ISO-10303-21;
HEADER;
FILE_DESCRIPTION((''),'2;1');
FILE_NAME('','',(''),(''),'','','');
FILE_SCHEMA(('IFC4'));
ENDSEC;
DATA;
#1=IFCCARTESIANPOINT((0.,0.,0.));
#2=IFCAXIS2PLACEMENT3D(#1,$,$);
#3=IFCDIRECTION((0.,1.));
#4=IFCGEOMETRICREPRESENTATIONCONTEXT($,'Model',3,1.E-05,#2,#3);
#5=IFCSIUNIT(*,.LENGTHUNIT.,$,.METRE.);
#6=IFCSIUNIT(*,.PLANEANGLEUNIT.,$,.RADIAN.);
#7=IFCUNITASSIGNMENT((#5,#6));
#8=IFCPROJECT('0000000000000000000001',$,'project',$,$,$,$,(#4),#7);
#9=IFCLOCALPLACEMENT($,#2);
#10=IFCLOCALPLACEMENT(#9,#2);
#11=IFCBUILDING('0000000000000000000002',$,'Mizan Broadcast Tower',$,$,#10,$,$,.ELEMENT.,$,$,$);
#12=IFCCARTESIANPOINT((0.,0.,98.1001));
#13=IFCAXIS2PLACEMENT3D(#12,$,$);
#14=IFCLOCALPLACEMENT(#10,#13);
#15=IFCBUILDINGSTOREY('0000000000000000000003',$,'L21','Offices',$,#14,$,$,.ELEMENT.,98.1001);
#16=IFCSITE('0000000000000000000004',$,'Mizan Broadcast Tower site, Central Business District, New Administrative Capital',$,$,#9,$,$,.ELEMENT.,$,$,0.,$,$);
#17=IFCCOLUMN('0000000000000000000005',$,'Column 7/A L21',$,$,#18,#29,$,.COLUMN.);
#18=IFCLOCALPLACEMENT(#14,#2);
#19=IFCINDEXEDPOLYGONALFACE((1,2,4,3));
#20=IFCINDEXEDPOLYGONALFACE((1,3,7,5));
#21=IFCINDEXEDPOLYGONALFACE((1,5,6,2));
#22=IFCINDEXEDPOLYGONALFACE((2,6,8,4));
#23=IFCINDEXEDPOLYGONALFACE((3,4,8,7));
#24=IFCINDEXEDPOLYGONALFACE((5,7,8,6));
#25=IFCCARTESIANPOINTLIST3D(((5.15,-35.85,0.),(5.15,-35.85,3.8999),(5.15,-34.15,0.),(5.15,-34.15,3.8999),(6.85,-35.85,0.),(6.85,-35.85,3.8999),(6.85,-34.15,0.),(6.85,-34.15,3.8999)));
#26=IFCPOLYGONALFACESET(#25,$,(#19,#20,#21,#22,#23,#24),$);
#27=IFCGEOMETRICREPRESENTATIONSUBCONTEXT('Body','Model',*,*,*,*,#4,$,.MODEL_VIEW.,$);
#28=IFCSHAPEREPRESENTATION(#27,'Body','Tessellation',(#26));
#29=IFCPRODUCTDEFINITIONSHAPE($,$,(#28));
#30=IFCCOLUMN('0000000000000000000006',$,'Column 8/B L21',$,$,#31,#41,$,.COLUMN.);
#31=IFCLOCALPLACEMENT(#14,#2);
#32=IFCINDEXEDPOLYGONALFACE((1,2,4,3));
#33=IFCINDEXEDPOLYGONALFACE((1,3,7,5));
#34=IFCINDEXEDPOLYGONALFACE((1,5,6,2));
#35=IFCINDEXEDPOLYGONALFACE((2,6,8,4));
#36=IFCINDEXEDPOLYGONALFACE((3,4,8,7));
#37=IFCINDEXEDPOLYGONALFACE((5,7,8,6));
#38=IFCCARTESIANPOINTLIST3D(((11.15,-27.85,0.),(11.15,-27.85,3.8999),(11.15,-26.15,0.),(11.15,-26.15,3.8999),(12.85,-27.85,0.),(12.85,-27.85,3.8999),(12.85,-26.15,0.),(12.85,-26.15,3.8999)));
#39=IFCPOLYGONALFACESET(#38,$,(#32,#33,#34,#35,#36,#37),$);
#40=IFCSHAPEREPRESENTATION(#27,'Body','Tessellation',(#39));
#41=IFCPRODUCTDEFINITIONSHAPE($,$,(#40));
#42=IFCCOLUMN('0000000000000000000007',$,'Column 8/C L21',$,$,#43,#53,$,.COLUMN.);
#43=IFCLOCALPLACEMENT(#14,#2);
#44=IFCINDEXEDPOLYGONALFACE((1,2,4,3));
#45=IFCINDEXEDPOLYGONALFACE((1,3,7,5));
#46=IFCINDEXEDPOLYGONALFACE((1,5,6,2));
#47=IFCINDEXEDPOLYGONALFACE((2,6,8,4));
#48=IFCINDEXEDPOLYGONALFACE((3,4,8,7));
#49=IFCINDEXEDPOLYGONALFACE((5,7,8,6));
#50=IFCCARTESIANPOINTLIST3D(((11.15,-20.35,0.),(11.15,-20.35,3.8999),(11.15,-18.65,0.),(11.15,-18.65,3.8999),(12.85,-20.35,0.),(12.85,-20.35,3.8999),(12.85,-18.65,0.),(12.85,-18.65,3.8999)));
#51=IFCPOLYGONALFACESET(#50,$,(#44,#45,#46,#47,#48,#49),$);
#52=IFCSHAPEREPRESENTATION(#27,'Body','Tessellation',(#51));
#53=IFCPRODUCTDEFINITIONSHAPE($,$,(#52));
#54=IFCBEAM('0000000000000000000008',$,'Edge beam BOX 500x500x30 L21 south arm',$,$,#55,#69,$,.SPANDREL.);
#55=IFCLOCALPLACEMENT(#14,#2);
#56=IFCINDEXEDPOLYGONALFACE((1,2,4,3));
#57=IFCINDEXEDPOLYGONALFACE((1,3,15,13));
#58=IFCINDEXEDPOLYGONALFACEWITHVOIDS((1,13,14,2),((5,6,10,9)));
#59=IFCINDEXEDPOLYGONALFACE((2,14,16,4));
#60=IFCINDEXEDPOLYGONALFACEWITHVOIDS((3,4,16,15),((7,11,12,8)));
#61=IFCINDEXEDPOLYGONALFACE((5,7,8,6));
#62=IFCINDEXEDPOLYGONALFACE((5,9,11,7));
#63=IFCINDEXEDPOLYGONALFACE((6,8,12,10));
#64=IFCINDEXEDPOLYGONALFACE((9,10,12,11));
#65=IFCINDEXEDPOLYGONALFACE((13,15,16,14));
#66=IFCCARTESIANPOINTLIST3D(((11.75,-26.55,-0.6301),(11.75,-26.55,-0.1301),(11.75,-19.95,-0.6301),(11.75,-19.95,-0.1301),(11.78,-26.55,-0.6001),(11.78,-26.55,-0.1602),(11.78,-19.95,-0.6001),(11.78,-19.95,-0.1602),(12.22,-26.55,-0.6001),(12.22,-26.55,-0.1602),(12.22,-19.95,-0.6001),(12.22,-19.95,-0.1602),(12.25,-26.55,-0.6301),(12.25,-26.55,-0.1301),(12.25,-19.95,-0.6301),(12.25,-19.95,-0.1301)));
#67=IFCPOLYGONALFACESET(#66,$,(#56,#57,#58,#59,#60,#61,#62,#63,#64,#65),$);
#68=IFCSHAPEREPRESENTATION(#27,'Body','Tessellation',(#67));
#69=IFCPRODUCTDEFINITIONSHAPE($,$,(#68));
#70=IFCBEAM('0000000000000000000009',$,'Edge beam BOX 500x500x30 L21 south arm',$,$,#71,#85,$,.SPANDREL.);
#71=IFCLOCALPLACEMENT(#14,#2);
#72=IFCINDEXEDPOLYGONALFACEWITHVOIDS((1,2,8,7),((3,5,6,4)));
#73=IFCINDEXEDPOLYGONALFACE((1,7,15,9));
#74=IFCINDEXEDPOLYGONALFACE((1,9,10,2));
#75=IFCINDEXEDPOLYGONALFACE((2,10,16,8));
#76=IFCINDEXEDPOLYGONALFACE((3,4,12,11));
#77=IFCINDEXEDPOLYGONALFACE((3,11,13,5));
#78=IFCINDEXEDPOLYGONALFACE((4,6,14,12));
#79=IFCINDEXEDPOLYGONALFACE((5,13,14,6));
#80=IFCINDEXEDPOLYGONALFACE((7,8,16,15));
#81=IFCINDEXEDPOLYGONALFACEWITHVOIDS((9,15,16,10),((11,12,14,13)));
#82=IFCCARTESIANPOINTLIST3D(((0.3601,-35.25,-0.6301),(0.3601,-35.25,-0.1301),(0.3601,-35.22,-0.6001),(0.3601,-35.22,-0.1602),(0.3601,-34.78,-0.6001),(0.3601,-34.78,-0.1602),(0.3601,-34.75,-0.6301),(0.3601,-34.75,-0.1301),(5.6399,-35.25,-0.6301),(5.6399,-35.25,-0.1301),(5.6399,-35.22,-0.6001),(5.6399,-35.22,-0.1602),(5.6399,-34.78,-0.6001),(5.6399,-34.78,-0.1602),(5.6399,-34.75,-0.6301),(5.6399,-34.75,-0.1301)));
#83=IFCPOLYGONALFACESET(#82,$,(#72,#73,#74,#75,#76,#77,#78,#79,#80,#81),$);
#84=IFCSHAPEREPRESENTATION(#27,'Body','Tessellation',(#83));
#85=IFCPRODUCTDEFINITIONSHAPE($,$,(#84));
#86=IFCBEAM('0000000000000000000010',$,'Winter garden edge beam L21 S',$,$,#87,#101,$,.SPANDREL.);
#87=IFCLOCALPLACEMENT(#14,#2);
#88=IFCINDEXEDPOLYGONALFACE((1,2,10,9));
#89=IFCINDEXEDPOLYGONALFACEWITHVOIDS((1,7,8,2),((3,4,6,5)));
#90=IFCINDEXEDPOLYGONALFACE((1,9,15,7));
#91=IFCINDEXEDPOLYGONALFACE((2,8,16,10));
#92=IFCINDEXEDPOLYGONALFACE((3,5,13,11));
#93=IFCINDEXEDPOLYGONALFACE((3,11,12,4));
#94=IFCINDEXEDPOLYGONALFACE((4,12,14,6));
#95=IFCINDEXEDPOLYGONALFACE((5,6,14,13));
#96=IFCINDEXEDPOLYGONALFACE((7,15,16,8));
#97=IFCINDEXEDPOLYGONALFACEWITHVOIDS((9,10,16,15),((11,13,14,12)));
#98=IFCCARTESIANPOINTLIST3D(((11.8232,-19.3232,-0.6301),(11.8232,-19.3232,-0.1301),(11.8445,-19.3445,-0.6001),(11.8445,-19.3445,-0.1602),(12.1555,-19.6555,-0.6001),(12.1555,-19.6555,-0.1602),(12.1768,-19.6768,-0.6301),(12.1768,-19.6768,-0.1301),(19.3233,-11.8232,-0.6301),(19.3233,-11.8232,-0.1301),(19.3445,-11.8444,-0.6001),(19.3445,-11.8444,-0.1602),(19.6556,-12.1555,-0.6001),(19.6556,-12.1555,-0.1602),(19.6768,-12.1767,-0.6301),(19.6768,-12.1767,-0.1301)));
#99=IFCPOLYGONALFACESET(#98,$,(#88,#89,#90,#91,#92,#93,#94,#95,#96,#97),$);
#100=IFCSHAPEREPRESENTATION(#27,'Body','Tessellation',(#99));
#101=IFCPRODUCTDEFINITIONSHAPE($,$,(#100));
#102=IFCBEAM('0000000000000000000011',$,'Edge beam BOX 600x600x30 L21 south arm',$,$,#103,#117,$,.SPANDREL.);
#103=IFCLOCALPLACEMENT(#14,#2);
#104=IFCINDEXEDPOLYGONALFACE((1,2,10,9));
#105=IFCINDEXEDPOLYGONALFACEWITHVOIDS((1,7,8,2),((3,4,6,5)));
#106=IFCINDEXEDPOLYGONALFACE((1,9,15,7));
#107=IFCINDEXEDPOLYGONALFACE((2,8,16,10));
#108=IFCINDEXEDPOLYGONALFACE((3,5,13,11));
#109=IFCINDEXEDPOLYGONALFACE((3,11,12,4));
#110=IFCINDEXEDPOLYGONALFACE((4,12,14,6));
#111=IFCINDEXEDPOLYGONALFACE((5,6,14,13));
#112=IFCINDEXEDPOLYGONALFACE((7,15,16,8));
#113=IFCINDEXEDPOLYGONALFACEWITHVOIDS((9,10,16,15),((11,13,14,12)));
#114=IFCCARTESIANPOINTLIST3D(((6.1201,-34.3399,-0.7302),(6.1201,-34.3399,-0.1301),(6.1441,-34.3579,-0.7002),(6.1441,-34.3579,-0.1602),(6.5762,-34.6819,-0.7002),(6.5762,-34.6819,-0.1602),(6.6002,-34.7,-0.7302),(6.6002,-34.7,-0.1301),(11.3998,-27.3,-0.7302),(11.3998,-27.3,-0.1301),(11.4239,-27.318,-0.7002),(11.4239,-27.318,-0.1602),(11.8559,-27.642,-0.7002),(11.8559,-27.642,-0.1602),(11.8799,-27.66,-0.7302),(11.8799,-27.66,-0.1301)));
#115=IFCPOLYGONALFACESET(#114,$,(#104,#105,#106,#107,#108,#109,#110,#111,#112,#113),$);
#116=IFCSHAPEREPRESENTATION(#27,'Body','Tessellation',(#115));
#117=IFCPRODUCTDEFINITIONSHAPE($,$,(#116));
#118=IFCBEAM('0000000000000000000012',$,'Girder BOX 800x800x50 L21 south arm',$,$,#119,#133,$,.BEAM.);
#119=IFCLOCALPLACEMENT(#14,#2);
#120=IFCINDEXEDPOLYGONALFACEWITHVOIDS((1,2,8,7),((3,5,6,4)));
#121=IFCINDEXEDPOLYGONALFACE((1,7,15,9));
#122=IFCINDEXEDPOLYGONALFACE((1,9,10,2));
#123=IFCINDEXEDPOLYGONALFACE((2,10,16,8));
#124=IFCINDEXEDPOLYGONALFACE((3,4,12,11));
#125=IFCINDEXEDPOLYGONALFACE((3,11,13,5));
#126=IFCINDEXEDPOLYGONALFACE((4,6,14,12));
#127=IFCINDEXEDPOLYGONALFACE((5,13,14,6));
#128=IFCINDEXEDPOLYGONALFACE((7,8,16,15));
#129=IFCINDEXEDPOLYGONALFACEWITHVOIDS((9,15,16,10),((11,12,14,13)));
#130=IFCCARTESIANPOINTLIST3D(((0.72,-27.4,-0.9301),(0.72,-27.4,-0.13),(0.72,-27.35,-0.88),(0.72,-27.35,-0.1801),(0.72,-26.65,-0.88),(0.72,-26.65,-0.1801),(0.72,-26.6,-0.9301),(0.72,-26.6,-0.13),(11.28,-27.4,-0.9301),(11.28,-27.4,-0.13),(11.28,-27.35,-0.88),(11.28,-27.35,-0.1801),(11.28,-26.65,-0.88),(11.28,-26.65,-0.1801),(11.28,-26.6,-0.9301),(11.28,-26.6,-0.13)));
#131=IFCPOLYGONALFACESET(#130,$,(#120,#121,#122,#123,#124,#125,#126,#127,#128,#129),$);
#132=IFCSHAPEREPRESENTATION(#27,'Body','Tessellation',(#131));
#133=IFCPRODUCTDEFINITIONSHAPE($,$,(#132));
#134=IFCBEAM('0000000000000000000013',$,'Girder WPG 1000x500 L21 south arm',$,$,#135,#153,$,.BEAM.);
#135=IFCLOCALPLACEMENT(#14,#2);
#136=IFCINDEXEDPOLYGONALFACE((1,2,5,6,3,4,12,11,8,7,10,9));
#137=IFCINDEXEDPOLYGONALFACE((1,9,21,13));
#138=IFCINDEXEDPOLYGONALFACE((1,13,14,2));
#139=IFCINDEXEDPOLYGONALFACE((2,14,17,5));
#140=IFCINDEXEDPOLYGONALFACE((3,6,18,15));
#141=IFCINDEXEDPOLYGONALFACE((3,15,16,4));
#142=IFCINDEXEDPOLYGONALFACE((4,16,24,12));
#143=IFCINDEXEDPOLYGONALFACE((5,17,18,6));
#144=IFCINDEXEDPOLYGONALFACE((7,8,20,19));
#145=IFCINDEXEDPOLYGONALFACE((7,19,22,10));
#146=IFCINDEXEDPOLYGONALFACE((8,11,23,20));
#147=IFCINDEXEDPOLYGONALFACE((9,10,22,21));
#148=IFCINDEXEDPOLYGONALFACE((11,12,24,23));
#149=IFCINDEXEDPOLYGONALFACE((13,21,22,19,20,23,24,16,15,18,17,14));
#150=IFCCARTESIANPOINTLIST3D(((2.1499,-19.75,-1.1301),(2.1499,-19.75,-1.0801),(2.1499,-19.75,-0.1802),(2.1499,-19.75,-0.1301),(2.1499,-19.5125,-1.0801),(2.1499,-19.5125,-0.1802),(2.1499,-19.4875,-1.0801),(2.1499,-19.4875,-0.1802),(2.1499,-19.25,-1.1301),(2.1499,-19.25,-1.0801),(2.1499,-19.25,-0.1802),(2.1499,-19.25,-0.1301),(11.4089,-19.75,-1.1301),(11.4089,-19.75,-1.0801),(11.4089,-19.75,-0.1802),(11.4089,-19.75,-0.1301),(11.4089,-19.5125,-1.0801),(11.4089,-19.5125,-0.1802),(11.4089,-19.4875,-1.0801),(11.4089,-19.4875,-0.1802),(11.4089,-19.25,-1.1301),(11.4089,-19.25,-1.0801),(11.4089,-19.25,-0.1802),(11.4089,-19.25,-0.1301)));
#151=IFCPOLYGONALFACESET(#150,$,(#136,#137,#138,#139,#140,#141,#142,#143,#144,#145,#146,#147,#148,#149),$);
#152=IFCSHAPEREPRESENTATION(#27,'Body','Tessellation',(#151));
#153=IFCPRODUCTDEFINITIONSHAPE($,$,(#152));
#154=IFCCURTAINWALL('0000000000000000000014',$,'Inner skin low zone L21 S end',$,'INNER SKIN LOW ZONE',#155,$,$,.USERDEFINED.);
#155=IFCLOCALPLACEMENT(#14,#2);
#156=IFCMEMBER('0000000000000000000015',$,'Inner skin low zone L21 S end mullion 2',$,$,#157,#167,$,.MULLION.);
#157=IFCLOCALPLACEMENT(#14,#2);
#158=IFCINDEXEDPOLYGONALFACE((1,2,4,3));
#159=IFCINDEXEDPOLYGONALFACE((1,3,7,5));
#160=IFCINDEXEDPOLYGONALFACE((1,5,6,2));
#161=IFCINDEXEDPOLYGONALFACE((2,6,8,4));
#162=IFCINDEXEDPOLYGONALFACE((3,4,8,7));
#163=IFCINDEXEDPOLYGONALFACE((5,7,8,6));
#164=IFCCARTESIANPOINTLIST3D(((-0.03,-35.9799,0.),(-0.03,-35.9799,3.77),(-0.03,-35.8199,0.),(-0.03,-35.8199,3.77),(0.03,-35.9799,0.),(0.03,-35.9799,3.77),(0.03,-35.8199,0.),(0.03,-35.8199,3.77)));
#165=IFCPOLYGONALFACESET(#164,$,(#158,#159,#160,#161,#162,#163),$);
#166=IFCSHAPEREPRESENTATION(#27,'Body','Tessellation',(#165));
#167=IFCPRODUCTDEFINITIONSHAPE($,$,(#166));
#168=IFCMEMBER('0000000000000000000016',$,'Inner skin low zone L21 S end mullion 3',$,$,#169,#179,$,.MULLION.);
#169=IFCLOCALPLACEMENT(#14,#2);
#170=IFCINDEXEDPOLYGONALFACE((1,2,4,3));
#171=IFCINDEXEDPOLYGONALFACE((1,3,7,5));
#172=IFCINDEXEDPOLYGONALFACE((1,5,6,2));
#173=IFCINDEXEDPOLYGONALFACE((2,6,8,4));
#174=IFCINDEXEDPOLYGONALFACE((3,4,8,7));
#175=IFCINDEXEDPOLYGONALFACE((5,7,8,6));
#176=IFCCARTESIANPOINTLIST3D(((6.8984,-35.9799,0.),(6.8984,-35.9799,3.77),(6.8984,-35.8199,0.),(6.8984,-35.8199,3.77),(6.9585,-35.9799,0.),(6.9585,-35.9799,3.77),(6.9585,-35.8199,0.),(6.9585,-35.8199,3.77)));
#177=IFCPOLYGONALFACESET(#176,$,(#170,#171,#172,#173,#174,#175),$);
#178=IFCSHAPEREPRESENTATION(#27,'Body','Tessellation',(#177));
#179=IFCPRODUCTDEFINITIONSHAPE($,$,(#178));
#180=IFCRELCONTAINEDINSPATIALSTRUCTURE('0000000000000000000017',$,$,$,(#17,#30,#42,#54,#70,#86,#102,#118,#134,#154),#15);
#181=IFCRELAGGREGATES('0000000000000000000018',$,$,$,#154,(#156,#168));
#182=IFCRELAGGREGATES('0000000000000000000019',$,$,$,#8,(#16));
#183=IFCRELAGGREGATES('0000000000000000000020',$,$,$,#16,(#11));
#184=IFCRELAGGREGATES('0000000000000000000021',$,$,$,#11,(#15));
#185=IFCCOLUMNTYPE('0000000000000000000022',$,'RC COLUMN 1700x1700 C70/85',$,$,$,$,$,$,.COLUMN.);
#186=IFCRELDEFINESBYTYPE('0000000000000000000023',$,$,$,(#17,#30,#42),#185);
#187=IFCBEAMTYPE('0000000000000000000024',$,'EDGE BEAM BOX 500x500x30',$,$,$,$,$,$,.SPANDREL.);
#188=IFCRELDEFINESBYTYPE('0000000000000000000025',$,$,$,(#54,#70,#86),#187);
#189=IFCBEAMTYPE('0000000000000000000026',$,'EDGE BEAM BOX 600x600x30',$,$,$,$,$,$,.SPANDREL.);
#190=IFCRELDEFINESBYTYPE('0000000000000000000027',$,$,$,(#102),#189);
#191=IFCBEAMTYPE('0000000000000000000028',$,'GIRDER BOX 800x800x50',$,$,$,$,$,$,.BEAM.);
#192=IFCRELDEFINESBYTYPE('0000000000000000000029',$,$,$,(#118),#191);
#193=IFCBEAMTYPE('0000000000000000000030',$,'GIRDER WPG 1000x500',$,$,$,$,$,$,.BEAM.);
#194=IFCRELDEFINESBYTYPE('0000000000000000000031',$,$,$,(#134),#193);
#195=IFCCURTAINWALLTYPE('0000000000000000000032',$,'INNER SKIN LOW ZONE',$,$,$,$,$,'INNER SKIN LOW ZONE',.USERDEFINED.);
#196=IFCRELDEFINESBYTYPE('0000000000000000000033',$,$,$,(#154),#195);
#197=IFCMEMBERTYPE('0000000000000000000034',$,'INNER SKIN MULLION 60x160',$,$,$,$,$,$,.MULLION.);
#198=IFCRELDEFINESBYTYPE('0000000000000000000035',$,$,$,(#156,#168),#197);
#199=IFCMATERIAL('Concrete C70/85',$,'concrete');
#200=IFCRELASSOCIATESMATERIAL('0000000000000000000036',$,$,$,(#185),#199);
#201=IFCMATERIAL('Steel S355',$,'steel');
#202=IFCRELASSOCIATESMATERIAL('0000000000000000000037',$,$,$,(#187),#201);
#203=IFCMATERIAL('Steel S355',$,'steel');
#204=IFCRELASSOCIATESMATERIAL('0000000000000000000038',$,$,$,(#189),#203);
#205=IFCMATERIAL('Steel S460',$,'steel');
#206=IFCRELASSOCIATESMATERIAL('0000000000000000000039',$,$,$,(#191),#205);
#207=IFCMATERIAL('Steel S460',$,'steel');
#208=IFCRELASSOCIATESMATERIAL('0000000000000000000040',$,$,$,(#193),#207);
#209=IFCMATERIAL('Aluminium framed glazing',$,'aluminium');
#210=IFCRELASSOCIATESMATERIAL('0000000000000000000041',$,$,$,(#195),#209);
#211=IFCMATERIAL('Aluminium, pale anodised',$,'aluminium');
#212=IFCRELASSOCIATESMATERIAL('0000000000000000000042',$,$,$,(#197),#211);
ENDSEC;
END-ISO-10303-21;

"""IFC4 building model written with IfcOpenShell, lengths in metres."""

from ifc_helpers import new_model, si_unit, direction, frame, origin, origin_2d, place, context, subcontext, project, spatial, rectangle, hollow_rectangle, i_section, extrude, material, material_profile, profile_set, type_object, element, aggregate, save


model = new_model("IFC4")

# Units and contexts
model_context = context("Model", 3, precision=1e-05, world=origin(), true_north=direction((0.0, 1.0)))
body_context = subcontext(model_context, "Body", "Model", "MODEL_VIEW")
ifc_project = project(units=[si_unit("LENGTHUNIT", "METRE"), si_unit("PLANEANGLEUNIT", "RADIAN")], contexts=[model_context])

# Site, building, storey
site_placement = place(None, origin())
site = spatial("IfcSite", under=ifc_project, at=site_placement, Name="Mizan Broadcast Tower site, Central Business District, New Administrative Capital", CompositionType="ELEMENT", RefElevation=0.0)
building_placement = place(site_placement, origin())
building = spatial("IfcBuilding", under=site, at=building_placement, Name="Mizan Broadcast Tower", CompositionType="ELEMENT")
storey_placement = place(building_placement, frame((0.0, 0.0, 98.1001)))
storey = spatial("IfcBuildingStorey", under=building, at=storey_placement, Name="L21", Description="Offices", CompositionType="ELEMENT", Elevation=98.1001)

# Columns
ifc_material_1 = material(Name="Concrete C70/85", Category="concrete")
ifc_material_profile_1 = material_profile(ifc_material_1, rectangle(XDim=1.7, YDim=1.7, at=origin_2d()), Name="RC 1700x1700")
ifc_profile_set_1 = profile_set([ifc_material_profile_1], Name="Concrete C70/85")
column_type = type_object("IfcColumnType", Name="RC COLUMN 1700x1700 C70/85", PredefinedType="COLUMN", material=ifc_profile_set_1)
for number, where, z_axis, x_axis, name in (
    (1, (6.0, -35.0, 0.0), (0.0, 0.0, 1.0), (1.0, 0.0, 0.0), "Column 7/A L21"),
    (2, (12.0, -27.0, 0.0), (0.0, 0.0, 1.0), (1.0, 0.0, 0.0), "Column 8/B L21"),
    (3, (12.0, -19.5, 0.0), (0.0, 0.0, 1.0), (1.0, 0.0, 0.0), "Column 8/C L21"),
):
    element("IfcColumn", number, at=place(storey_placement, frame(where, z_axis=z_axis, x_axis=x_axis)), inside=storey, type_object=column_type, Name=name, PredefinedType="COLUMN", context=body_context, shape_type="SweptSolid", body=[
        extrude(rectangle(XDim=1.7, YDim=1.7, at=origin_2d()), origin(), (0.0, 0.0, 1.0), 3.8999),
    ])

# Beams
ifc_material_2 = material(Name="Steel S355", Category="steel")
ifc_material_profile_2 = material_profile(ifc_material_2, hollow_rectangle(XDim=0.5, YDim=0.5, WallThickness=0.03, at=origin_2d()), Name="BOX 500x500x30")
ifc_profile_set_2 = profile_set([ifc_material_profile_2], Name="Steel S355")
beam_type_1 = type_object("IfcBeamType", Name="EDGE BEAM BOX 500x500x30", PredefinedType="SPANDREL", material=ifc_profile_set_2)
beam_1_placement = place(storey_placement, frame((12.0, -19.95, -0.3801), z_axis=(0.0, -1.0, 0.0), x_axis=(1.0, 0.0, 0.0)))
element("IfcBeam", 4, at=beam_1_placement, inside=storey, type_object=beam_type_1, Name="Edge beam BOX 500x500x30 L21 south arm", PredefinedType="SPANDREL", context=body_context, shape_type="SweptSolid", body=[
    extrude(hollow_rectangle(XDim=0.5, YDim=0.5, WallThickness=0.03, at=origin_2d()), origin(), (0.0, 0.0, 1.0), 6.6001),
])
beam_2_placement = place(storey_placement, frame((5.6399, -35.0, -0.3801), z_axis=(-1.0, 0.0, 0.0), x_axis=(0.0, -1.0, 0.0)))
element("IfcBeam", 5, at=beam_2_placement, inside=storey, type_object=beam_type_1, Name="Edge beam BOX 500x500x30 L21 south arm", PredefinedType="SPANDREL", context=body_context, shape_type="SweptSolid", body=[
    extrude(hollow_rectangle(XDim=0.5, YDim=0.5, WallThickness=0.03, at=origin_2d()), origin(), (0.0, 0.0, 1.0), 5.2798),
])
beam_3_placement = place(storey_placement, frame((12.0, -19.5, -0.3801), z_axis=(0.707107, 0.707107, 0.0), x_axis=(-0.707107, 0.707107, 0.0)))
element("IfcBeam", 6, at=beam_3_placement, inside=storey, type_object=beam_type_1, Name="Winter garden edge beam L21 S", PredefinedType="SPANDREL", context=body_context, shape_type="SweptSolid", body=[
    extrude(hollow_rectangle(XDim=0.5, YDim=0.5, WallThickness=0.03, at=origin_2d()), origin(), (0.0, 0.0, 1.0), 10.6067),
])
ifc_material_3 = material(Name="Steel S355", Category="steel")
ifc_material_profile_3 = material_profile(ifc_material_3, hollow_rectangle(XDim=0.6001, YDim=0.6001, WallThickness=0.03, at=origin_2d()), Name="BOX 600x600x30")
ifc_profile_set_3 = profile_set([ifc_material_profile_3], Name="Steel S355")
beam_type_2 = type_object("IfcBeamType", Name="EDGE BEAM BOX 600x600x30", PredefinedType="SPANDREL", material=ifc_profile_set_3)
beam_4_placement = place(storey_placement, frame((11.6399, -27.48, -0.4302), z_axis=(-0.599982, -0.800013, 0.0), x_axis=(0.800013, -0.599982, 0.0)))
element("IfcBeam", 7, at=beam_4_placement, inside=storey, type_object=beam_type_2, Name="Edge beam BOX 600x600x30 L21 south arm", PredefinedType="SPANDREL", context=body_context, shape_type="SweptSolid", body=[
    extrude(hollow_rectangle(XDim=0.6001, YDim=0.6001, WallThickness=0.03, at=origin_2d()), origin(), (0.0, 0.0, 1.0), 8.7998),
])
ifc_material_4 = material(Name="Steel S460", Category="steel")
ifc_material_profile_4 = material_profile(ifc_material_4, hollow_rectangle(XDim=0.8, YDim=0.8, WallThickness=0.05, at=origin_2d()), Name="BOX 800x800x50")
ifc_profile_set_4 = profile_set([ifc_material_profile_4], Name="Steel S460")
beam_type_3 = type_object("IfcBeamType", Name="GIRDER BOX 800x800x50", PredefinedType="BEAM", material=ifc_profile_set_4)
beam_5_placement = place(storey_placement, frame((11.28, -27.0, -0.53), z_axis=(-1.0, 0.0, 0.0), x_axis=(0.0, -1.0, 0.0)))
element("IfcBeam", 8, at=beam_5_placement, inside=storey, type_object=beam_type_3, Name="Girder BOX 800x800x50 L21 south arm", PredefinedType="BEAM", context=body_context, shape_type="SweptSolid", body=[
    extrude(hollow_rectangle(XDim=0.8, YDim=0.8, WallThickness=0.05, at=origin_2d()), origin(), (0.0, 0.0, 1.0), 10.5601),
])
ifc_material_5 = material(Name="Steel S460", Category="steel")
ifc_material_profile_5 = material_profile(ifc_material_5, i_section(OverallWidth=0.5, OverallDepth=1.0, WebThickness=0.0249, FlangeThickness=0.05, at=origin_2d()), Name="WPG 1000x500")
ifc_profile_set_5 = profile_set([ifc_material_profile_5], Name="Steel S460")
beam_type_4 = type_object("IfcBeamType", Name="GIRDER WPG 1000x500", PredefinedType="BEAM", material=ifc_profile_set_5)
beam_6_placement = place(storey_placement, frame((11.4089, -19.5, -0.6301), z_axis=(-1.0, 0.0, 0.0), x_axis=(0.0, -1.0, 0.0)))
element("IfcBeam", 9, at=beam_6_placement, inside=storey, type_object=beam_type_4, Name="Girder WPG 1000x500 L21 south arm", PredefinedType="BEAM", context=body_context, shape_type="SweptSolid", body=[
    extrude(i_section(OverallWidth=0.5, OverallDepth=1.0, WebThickness=0.0249, FlangeThickness=0.05, at=origin_2d()), origin(), (0.0, 0.0, 1.0), 9.259),
])

# Curtain wall, members
ifc_material_6 = material(Name="Aluminium framed glazing", Category="aluminium")
curtain_wall_type_1 = type_object("IfcCurtainWallType", Name="INNER SKIN LOW ZONE", ElementType="INNER SKIN LOW ZONE", PredefinedType="USERDEFINED", material=ifc_material_6)
curtain_wall_1_placement = place(storey_placement, origin())
curtain_wall_1 = element("IfcCurtainWall", 10, at=curtain_wall_1_placement, inside=storey, type_object=curtain_wall_type_1, Name="Inner skin low zone L21 S end", ObjectType="INNER SKIN LOW ZONE", PredefinedType="USERDEFINED")
ifc_material_7 = material(Name="Aluminium, pale anodised", Category="aluminium")
ifc_material_profile_6 = material_profile(ifc_material_7, rectangle(XDim=0.1599, YDim=0.0601, at=origin_2d()), Name="MULLION 160x60")
ifc_profile_set_6 = profile_set([ifc_material_profile_6], Name="Aluminium, pale anodised")
member_type_1 = type_object("IfcMemberType", Name="INNER SKIN MULLION 60x160", PredefinedType="MULLION", material=ifc_profile_set_6)
member_1_placement = place(storey_placement, frame((0.0, -35.8999, 0.0), z_axis=(0.0, 0.0, 1.0), x_axis=(0.0, 1.0, 0.0)))
member_1 = element("IfcMember", 11, at=member_1_placement, type_object=member_type_1, Name="Inner skin low zone L21 S end mullion 2", PredefinedType="MULLION", context=body_context, shape_type="SweptSolid", body=[
    extrude(rectangle(XDim=0.1599, YDim=0.0601, at=origin_2d()), origin(), (0.0, 0.0, 1.0), 3.77),
])
member_2_placement = place(storey_placement, frame((6.9285, -35.8999, 0.0), z_axis=(0.0, 0.0, 1.0), x_axis=(0.0, 1.0, 0.0)))
member_2 = element("IfcMember", 12, at=member_2_placement, type_object=member_type_1, Name="Inner skin low zone L21 S end mullion 3", PredefinedType="MULLION", context=body_context, shape_type="SweptSolid", body=[
    extrude(rectangle(XDim=0.1599, YDim=0.0601, at=origin_2d()), origin(), (0.0, 0.0, 1.0), 3.77),
])

aggregate(curtain_wall_1, [member_1, member_2])

save(model, "model.ifc")
